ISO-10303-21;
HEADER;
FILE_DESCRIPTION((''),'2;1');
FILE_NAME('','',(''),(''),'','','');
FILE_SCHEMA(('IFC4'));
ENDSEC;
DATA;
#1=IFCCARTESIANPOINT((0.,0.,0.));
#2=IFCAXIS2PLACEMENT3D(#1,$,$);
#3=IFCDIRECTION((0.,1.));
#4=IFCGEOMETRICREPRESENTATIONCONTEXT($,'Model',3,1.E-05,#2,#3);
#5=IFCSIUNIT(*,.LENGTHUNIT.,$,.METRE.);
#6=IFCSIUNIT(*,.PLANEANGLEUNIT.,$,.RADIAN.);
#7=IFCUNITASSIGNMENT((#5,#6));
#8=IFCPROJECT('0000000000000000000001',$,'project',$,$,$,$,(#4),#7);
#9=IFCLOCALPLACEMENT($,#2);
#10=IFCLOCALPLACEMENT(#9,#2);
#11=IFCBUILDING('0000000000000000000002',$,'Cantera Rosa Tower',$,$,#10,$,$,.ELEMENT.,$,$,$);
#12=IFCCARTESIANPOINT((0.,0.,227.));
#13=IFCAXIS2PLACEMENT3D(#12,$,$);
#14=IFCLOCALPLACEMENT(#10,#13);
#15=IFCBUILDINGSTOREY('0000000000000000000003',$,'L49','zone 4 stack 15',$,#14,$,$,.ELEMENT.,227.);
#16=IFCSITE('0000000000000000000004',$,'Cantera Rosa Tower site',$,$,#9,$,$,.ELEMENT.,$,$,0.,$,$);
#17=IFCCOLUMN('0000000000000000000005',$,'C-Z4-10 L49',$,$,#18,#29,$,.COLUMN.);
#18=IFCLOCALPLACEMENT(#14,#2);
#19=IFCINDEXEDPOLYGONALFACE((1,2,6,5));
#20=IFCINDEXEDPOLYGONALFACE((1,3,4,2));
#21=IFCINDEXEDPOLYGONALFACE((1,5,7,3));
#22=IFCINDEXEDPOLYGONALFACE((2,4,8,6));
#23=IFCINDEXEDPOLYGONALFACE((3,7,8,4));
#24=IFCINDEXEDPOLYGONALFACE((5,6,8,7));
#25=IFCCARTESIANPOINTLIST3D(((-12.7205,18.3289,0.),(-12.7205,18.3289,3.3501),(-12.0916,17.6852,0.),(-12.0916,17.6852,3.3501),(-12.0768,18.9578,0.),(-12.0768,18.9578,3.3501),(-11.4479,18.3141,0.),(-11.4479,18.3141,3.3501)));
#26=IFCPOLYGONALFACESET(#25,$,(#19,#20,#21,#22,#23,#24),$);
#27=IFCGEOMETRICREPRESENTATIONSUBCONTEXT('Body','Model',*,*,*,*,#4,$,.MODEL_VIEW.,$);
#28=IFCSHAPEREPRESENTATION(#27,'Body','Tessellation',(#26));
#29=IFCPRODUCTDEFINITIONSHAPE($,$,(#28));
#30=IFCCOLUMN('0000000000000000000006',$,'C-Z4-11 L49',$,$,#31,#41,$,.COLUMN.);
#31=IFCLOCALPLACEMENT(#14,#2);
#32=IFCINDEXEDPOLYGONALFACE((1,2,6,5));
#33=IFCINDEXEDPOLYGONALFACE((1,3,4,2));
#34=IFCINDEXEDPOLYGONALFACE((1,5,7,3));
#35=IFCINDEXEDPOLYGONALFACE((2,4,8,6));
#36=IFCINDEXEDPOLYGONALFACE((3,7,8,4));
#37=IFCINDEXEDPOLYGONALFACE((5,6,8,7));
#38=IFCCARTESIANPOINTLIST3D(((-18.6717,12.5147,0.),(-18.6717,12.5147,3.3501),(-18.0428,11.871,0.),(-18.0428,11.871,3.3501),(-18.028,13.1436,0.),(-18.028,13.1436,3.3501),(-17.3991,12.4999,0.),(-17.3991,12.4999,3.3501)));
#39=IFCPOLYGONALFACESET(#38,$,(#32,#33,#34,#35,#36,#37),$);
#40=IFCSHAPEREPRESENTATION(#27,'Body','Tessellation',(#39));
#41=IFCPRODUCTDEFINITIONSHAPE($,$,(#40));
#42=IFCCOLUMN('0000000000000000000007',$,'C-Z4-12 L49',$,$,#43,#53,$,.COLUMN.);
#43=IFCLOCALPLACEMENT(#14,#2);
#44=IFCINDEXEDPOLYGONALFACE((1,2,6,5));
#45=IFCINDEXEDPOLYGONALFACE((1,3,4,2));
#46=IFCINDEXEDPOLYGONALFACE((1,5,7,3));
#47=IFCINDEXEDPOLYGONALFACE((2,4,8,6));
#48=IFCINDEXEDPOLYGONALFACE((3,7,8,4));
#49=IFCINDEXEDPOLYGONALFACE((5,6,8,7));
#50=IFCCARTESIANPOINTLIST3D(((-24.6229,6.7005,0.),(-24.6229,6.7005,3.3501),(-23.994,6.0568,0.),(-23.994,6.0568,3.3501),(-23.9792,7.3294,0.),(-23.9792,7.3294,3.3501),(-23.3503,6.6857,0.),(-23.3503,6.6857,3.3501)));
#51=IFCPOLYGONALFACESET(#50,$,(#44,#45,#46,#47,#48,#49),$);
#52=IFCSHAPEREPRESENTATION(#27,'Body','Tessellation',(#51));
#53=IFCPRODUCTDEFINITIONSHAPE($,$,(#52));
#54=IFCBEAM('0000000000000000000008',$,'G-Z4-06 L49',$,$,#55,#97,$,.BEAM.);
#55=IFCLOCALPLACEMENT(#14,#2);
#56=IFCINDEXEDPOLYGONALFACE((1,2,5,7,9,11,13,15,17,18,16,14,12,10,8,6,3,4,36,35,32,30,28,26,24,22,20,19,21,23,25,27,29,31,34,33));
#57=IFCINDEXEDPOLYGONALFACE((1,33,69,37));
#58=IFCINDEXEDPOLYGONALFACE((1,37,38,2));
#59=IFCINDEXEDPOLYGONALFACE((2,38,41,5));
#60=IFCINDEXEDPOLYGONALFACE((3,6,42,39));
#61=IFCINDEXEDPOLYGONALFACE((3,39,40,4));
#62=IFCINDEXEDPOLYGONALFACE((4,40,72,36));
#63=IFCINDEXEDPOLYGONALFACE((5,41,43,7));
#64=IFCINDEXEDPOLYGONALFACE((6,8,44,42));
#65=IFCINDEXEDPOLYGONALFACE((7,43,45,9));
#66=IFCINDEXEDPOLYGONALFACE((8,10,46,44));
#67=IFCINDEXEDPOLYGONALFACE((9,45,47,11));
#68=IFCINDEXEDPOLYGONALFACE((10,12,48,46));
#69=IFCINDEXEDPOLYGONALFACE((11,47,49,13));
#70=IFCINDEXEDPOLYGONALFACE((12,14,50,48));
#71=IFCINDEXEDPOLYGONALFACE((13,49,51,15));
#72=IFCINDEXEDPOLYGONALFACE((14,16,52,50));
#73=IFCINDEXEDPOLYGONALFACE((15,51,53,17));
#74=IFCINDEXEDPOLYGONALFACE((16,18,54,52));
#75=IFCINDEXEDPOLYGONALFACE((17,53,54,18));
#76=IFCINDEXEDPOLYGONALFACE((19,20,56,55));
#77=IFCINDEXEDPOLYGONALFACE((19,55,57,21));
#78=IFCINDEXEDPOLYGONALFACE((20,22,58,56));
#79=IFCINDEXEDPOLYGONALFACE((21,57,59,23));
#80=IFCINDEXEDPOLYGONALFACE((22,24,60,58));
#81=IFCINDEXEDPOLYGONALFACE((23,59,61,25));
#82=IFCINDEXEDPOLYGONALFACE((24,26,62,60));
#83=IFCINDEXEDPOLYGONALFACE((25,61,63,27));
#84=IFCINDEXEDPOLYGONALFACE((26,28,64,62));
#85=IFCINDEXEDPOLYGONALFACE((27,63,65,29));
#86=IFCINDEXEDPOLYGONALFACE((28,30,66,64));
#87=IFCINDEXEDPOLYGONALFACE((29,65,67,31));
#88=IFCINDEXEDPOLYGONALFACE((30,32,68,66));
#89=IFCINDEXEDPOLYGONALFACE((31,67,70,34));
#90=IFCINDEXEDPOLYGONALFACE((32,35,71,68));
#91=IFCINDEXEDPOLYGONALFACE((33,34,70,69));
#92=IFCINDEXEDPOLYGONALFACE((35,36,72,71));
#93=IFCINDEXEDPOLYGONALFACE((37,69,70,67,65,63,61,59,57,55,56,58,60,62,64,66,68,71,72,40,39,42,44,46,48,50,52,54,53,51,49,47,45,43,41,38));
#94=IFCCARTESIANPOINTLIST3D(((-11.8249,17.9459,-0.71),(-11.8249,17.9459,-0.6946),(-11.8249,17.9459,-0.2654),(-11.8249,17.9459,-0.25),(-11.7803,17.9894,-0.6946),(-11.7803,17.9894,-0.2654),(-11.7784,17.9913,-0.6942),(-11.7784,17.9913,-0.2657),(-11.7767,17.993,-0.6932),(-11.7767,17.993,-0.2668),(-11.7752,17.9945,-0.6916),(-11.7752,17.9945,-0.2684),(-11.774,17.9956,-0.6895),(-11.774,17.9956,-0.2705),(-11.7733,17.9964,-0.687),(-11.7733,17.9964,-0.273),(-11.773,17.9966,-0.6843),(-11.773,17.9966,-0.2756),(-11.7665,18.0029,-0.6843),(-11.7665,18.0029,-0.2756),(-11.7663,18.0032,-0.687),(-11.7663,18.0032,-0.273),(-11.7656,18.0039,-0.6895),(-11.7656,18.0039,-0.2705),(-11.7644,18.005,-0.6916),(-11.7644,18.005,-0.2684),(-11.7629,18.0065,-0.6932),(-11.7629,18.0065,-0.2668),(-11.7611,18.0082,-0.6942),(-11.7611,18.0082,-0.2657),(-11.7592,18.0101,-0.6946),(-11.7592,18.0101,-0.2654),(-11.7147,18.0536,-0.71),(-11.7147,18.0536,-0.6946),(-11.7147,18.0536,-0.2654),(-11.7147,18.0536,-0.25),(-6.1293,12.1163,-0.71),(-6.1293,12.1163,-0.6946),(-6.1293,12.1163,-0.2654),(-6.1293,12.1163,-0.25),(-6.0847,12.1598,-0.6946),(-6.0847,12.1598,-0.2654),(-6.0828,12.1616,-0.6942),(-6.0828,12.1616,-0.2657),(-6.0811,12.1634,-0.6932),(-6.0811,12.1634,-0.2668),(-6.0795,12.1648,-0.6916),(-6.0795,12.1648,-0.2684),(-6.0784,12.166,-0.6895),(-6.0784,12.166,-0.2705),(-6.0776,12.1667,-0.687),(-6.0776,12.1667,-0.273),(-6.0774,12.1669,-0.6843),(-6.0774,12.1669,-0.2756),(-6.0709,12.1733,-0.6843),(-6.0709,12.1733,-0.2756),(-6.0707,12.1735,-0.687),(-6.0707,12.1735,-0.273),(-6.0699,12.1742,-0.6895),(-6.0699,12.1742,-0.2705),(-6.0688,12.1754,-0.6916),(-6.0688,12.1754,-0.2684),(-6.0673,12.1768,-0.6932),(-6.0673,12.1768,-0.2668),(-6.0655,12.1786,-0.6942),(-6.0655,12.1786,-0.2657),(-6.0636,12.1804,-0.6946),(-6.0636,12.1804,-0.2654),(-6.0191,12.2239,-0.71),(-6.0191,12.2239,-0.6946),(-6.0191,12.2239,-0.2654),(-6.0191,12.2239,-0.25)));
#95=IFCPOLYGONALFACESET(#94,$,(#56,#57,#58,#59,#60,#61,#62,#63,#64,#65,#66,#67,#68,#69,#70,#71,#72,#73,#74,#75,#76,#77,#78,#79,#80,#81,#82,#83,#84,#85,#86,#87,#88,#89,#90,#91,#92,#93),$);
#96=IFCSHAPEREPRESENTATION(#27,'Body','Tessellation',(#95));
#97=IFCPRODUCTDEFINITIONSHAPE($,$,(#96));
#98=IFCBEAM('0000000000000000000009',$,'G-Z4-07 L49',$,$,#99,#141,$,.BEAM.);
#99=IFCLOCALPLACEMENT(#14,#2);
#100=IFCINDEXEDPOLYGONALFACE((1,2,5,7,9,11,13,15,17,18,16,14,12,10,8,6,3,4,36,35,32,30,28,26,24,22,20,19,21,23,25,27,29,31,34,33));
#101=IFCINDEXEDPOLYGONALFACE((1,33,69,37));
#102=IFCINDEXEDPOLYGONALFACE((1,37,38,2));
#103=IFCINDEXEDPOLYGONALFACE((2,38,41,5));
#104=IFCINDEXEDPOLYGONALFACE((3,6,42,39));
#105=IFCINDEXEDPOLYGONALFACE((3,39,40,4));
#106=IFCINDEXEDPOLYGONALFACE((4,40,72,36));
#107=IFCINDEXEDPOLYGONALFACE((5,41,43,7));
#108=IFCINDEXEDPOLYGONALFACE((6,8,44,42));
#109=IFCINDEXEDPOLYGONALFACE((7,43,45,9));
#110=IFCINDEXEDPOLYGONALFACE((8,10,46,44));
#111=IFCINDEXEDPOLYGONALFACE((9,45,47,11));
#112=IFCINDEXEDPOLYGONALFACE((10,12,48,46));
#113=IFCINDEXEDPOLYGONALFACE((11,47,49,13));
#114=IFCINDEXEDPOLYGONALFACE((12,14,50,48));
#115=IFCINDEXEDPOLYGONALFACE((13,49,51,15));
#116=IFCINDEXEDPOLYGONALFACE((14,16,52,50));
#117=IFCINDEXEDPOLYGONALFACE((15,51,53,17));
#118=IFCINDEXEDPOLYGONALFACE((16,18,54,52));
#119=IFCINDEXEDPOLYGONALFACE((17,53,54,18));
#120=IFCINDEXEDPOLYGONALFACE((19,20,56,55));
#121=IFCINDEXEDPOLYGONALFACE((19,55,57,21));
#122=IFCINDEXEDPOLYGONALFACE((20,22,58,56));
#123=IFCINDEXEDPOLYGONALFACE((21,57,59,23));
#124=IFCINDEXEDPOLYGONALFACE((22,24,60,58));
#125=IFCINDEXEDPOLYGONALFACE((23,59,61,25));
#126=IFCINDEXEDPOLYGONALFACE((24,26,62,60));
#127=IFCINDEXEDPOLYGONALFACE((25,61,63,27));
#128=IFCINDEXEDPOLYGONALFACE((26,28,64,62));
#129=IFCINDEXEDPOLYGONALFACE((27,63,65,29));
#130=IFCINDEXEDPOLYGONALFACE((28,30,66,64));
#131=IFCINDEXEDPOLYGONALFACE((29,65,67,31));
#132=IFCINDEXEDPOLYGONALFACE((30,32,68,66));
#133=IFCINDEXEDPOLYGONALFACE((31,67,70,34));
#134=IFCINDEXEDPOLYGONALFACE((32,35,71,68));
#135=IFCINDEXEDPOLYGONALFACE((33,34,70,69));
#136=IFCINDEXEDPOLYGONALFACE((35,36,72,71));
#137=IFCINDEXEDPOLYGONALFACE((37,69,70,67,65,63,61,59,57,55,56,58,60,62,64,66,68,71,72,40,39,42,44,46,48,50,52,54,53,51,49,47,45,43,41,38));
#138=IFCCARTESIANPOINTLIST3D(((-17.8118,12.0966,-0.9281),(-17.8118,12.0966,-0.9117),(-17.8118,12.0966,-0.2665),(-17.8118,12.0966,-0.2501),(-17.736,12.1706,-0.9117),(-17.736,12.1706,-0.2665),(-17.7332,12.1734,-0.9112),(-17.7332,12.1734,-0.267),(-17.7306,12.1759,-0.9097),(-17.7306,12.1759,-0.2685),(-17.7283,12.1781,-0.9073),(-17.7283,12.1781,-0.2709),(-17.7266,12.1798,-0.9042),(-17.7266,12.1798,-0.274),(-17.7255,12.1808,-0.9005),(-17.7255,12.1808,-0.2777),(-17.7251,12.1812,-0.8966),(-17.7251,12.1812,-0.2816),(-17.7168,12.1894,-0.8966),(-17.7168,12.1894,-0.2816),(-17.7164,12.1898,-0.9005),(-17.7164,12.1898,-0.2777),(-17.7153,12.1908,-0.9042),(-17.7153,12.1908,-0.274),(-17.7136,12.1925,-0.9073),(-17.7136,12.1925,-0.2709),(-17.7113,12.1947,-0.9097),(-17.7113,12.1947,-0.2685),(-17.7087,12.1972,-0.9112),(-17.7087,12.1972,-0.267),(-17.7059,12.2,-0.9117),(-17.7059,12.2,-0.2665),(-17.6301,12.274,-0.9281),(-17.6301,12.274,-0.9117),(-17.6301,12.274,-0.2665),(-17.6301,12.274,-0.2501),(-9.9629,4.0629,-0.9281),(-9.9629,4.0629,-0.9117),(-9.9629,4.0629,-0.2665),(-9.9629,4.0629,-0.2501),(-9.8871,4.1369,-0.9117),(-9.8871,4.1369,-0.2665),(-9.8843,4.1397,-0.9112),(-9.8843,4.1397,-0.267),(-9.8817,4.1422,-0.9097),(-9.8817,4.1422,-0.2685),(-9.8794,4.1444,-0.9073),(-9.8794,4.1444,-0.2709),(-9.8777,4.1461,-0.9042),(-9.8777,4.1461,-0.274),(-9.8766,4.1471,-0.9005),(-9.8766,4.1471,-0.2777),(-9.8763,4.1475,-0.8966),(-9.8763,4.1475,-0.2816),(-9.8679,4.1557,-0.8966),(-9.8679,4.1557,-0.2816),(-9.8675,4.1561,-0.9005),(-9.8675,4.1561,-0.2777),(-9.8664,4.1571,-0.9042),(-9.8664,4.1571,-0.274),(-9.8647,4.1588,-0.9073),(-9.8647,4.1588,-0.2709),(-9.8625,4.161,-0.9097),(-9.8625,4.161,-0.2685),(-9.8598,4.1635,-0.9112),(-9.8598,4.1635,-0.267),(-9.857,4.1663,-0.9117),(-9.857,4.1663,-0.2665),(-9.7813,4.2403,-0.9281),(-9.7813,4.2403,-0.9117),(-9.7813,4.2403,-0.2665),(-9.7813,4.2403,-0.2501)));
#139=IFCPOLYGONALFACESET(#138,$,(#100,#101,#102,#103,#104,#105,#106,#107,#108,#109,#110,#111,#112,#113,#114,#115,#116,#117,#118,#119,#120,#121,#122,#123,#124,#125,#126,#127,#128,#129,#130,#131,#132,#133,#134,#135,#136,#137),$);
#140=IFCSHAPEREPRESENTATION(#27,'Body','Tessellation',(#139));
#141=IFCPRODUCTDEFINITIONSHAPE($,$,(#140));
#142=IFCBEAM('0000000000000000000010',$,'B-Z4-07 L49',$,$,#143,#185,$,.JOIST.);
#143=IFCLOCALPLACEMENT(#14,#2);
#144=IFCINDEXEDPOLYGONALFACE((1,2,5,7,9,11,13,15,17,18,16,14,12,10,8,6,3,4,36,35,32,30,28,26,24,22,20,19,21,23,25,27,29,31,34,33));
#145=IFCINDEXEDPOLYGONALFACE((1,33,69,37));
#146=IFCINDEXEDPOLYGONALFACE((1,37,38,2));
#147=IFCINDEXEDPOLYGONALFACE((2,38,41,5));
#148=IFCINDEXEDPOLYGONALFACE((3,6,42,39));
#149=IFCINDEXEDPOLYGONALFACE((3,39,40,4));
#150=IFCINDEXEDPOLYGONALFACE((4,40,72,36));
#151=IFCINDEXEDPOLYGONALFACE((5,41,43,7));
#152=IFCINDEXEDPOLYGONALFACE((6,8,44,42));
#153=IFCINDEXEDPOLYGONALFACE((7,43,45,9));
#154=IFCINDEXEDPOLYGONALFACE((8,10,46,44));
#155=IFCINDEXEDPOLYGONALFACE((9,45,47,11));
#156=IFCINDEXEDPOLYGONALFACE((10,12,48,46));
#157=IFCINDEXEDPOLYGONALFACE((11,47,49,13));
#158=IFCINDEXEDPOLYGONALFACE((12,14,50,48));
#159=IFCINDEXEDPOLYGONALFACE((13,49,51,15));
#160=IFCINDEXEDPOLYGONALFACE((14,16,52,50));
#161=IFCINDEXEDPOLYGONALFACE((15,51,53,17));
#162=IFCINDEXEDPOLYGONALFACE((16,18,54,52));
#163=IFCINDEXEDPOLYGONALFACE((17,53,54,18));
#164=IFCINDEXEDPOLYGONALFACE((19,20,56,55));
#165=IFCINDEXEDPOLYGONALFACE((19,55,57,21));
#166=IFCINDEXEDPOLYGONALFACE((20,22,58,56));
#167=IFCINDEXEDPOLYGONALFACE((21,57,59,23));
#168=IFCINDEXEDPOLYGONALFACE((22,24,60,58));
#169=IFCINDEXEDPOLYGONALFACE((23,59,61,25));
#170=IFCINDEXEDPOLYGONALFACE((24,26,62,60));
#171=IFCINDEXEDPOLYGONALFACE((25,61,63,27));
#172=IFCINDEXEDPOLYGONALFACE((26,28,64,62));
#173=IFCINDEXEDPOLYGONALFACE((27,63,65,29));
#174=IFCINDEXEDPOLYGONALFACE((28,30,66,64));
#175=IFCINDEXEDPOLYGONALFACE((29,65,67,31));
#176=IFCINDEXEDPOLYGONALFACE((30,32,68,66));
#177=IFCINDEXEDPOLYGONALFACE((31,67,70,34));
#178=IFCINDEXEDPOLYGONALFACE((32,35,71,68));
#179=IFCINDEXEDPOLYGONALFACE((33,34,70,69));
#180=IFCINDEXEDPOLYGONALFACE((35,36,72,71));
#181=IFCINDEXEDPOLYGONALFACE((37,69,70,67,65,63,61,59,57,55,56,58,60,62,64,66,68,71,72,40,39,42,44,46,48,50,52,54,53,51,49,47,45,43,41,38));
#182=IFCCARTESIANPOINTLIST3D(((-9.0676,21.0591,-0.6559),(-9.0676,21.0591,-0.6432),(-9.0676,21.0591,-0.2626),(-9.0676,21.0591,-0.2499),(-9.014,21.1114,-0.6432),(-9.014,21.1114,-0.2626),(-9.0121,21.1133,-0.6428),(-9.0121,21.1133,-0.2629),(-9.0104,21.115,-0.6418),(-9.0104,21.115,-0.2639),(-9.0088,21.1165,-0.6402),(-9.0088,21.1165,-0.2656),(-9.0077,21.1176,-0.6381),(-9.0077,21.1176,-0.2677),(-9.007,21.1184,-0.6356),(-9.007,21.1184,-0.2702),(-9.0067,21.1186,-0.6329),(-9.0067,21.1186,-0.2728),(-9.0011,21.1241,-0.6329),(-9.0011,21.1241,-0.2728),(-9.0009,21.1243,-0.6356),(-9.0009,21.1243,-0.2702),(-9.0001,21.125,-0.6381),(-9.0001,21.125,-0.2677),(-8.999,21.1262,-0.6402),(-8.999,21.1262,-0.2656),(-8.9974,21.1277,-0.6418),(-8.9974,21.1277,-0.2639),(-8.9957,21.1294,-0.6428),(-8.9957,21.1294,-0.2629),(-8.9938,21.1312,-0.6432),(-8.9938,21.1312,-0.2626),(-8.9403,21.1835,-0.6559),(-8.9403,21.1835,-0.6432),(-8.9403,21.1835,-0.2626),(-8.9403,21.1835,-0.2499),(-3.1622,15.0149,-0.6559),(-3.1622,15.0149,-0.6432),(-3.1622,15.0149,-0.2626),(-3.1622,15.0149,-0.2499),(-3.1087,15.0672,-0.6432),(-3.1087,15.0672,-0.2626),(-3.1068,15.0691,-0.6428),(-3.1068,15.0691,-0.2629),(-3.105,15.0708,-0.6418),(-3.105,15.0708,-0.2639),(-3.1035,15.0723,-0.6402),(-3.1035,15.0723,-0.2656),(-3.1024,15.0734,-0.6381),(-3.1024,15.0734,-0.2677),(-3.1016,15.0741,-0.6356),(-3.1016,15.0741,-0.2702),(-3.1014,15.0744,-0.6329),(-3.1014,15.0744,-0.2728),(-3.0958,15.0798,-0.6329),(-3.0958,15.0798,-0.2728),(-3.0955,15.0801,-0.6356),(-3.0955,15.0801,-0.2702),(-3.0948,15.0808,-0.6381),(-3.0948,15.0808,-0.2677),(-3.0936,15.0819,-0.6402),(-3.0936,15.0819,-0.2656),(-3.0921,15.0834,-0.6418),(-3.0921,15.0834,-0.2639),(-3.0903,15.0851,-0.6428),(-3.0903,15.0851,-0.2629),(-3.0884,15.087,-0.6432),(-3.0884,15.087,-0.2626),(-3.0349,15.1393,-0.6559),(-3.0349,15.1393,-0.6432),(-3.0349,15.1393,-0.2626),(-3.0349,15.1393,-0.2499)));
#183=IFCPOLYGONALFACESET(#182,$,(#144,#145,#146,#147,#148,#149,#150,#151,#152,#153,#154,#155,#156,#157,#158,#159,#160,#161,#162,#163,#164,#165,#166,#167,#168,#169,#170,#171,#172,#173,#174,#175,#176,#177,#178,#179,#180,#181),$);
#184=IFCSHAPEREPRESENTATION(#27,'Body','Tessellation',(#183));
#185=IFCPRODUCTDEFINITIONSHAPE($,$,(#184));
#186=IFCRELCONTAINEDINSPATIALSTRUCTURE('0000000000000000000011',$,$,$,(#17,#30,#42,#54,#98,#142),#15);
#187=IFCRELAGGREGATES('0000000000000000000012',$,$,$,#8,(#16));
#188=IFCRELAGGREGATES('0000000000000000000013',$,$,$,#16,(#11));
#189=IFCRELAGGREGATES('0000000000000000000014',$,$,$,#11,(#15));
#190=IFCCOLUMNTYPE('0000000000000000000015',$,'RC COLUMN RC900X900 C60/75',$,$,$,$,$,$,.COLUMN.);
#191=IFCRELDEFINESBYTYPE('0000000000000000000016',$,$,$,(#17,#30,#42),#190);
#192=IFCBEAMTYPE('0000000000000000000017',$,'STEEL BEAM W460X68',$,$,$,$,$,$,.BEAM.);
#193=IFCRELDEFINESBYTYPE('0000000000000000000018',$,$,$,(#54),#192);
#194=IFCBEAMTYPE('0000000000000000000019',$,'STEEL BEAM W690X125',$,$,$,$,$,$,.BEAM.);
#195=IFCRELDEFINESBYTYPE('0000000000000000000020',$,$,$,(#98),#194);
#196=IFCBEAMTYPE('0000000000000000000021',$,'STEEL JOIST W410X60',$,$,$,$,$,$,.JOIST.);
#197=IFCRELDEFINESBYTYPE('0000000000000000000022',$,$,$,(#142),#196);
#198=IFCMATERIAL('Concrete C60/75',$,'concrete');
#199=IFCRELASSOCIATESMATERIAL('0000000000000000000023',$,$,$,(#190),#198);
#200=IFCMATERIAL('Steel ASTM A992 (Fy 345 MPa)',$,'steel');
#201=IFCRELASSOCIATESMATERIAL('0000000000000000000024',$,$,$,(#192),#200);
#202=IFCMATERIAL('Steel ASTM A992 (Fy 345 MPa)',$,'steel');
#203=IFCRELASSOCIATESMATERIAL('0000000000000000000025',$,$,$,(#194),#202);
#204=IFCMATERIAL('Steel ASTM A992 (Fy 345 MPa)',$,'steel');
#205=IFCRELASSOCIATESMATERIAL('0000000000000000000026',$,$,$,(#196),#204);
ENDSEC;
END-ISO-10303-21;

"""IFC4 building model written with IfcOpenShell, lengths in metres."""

from ifc_helpers import new_model, si_unit, direction, frame, origin, origin_2d, place, context, subcontext, project, spatial, rectangle, i_section, extrude, material, material_profile, profile_set, type_object, element, save


model = new_model("IFC4")

# Units and contexts
model_context = context("Model", 3, precision=1e-05, world=origin(), true_north=direction((0.0, 1.0)))
body_context = subcontext(model_context, "Body", "Model", "MODEL_VIEW")
ifc_project = project(units=[si_unit("LENGTHUNIT", "METRE"), si_unit("PLANEANGLEUNIT", "RADIAN")], contexts=[model_context])

# Site, building, storey
site_placement = place(None, origin())
site = spatial("IfcSite", under=ifc_project, at=site_placement, Name="Cantera Rosa Tower site", CompositionType="ELEMENT", RefElevation=0.0)
building_placement = place(site_placement, origin())
building = spatial("IfcBuilding", under=site, at=building_placement, Name="Cantera Rosa Tower", CompositionType="ELEMENT")
storey_placement = place(building_placement, frame((0.0, 0.0, 227.0)))
storey = spatial("IfcBuildingStorey", under=building, at=storey_placement, Name="L49", Description="zone 4 stack 15", CompositionType="ELEMENT", Elevation=227.0)

# Columns
ifc_material_1 = material(Name="Concrete C60/75", Category="concrete")
ifc_material_profile_1 = material_profile(ifc_material_1, rectangle(XDim=0.8999, YDim=0.8999, at=origin_2d()), Name="RC COLUMN RC900X900 C60/75")
ifc_profile_set_1 = profile_set([ifc_material_profile_1], Name="Concrete C60/75")
column_type = type_object("IfcColumnType", Name="RC COLUMN RC900X900 C60/75", PredefinedType="COLUMN", material=ifc_profile_set_1)
for number, where, z_axis, x_axis, name in (
    (1, (-12.0842, 18.3215, 0.0), (0.0, 0.0, 1.0), (0.715286, 0.698832, 0.0), "C-Z4-10 L49"),
    (2, (-18.0354, 12.5073, 0.0), (0.0, 0.0, 1.0), (0.715286, 0.698832, 0.0), "C-Z4-11 L49"),
    (3, (-23.9866, 6.6931, 0.0), (0.0, 0.0, 1.0), (0.715286, 0.698832, 0.0), "C-Z4-12 L49"),
):
    element("IfcColumn", number, at=place(storey_placement, frame(where, z_axis=z_axis, x_axis=x_axis)), inside=storey, type_object=column_type, Name=name, PredefinedType="COLUMN", context=body_context, shape_type="SweptSolid", body=[
        extrude(rectangle(XDim=0.8999, YDim=0.8999, at=origin_2d()), origin(), (0.0, 0.0, 1.0), 3.3501),
    ])

# Beams
ifc_material_2 = material(Name="Steel ASTM A992 (Fy 345 MPa)", Category="steel")
ifc_material_profile_2 = material_profile(ifc_material_2, i_section(OverallWidth=0.1541, OverallDepth=0.46, WebThickness=0.009, FlangeThickness=0.0154, FilletRadius=0.0103, at=origin_2d()), Name="W460X68")
ifc_profile_set_2 = profile_set([ifc_material_profile_2], Name="Steel ASTM A992 (Fy 345 MPa)")
beam_type_1 = type_object("IfcBeamType", Name="STEEL BEAM W460X68", PredefinedType="BEAM", material=ifc_profile_set_2)
beam_1_placement = place(storey_placement, frame((-11.7698, 17.9998, -0.48), z_axis=(0.698836, -0.715282, 0.0), x_axis=(0.715282, 0.698836, 0.0)))
element("IfcBeam", 4, at=beam_1_placement, inside=storey, type_object=beam_type_1, Name="G-Z4-06 L49", PredefinedType="BEAM", context=body_context, shape_type="SweptSolid", body=[
    extrude(i_section(OverallWidth=0.1541, OverallDepth=0.46, WebThickness=0.009, FlangeThickness=0.0154, FilletRadius=0.0103, at=origin_2d()), origin(), (0.0, 0.0, 1.0), 8.1501),
])
ifc_material_3 = material(Name="Steel ASTM A992 (Fy 345 MPa)", Category="steel")
ifc_material_profile_3 = material_profile(ifc_material_3, i_section(OverallWidth=0.2539, OverallDepth=0.678, WebThickness=0.0117, FlangeThickness=0.0164, FilletRadius=0.0151, at=origin_2d()), Name="W690X125")
ifc_profile_set_3 = profile_set([ifc_material_profile_3], Name="Steel ASTM A992 (Fy 345 MPa)")
beam_type_2 = type_object("IfcBeamType", Name="STEEL BEAM W690X125", PredefinedType="BEAM", material=ifc_profile_set_3)
beam_2_placement = place(storey_placement, frame((-17.7209, 12.1853, -0.5891), z_axis=(0.698831, -0.715286, 0.0), x_axis=(0.715286, 0.698831, 0.0)))
element("IfcBeam", 5, at=beam_2_placement, inside=storey, type_object=beam_type_2, Name="G-Z4-07 L49", PredefinedType="BEAM", context=body_context, shape_type="SweptSolid", body=[
    extrude(i_section(OverallWidth=0.2539, OverallDepth=0.678, WebThickness=0.0117, FlangeThickness=0.0164, FilletRadius=0.0151, at=origin_2d()), origin(), (0.0, 0.0, 1.0), 11.2314),
])
ifc_material_4 = material(Name="Steel ASTM A992 (Fy 345 MPa)", Category="steel")
ifc_material_profile_4 = material_profile(ifc_material_4, i_section(OverallWidth=0.178, OverallDepth=0.406, WebThickness=0.0078, FlangeThickness=0.0127, FilletRadius=0.0103, at=origin_2d()), Name="W410X60")
ifc_profile_set_4 = profile_set([ifc_material_profile_4], Name="Steel ASTM A992 (Fy 345 MPa)")
beam_type_3 = type_object("IfcBeamType", Name="STEEL JOIST W410X60", PredefinedType="JOIST", material=ifc_profile_set_4)
for number, where, z_axis, x_axis, name in (
    (6, (-9.0039, 21.1213, -0.4529), (0.698839, -0.715279, 0.0), (0.715279, 0.698839, 0.0), "B-Z4-07 L49"),
):
    element("IfcBeam", number, at=place(storey_placement, frame(where, z_axis=z_axis, x_axis=x_axis)), inside=storey, type_object=beam_type_3, Name=name, PredefinedType="JOIST", context=body_context, shape_type="SweptSolid", body=[
        extrude(i_section(OverallWidth=0.178, OverallDepth=0.406, WebThickness=0.0078, FlangeThickness=0.0127, FilletRadius=0.0103, at=origin_2d()), origin(), (0.0, 0.0, 1.0), 8.4502),
    ])

save(model, "model.ifc")
